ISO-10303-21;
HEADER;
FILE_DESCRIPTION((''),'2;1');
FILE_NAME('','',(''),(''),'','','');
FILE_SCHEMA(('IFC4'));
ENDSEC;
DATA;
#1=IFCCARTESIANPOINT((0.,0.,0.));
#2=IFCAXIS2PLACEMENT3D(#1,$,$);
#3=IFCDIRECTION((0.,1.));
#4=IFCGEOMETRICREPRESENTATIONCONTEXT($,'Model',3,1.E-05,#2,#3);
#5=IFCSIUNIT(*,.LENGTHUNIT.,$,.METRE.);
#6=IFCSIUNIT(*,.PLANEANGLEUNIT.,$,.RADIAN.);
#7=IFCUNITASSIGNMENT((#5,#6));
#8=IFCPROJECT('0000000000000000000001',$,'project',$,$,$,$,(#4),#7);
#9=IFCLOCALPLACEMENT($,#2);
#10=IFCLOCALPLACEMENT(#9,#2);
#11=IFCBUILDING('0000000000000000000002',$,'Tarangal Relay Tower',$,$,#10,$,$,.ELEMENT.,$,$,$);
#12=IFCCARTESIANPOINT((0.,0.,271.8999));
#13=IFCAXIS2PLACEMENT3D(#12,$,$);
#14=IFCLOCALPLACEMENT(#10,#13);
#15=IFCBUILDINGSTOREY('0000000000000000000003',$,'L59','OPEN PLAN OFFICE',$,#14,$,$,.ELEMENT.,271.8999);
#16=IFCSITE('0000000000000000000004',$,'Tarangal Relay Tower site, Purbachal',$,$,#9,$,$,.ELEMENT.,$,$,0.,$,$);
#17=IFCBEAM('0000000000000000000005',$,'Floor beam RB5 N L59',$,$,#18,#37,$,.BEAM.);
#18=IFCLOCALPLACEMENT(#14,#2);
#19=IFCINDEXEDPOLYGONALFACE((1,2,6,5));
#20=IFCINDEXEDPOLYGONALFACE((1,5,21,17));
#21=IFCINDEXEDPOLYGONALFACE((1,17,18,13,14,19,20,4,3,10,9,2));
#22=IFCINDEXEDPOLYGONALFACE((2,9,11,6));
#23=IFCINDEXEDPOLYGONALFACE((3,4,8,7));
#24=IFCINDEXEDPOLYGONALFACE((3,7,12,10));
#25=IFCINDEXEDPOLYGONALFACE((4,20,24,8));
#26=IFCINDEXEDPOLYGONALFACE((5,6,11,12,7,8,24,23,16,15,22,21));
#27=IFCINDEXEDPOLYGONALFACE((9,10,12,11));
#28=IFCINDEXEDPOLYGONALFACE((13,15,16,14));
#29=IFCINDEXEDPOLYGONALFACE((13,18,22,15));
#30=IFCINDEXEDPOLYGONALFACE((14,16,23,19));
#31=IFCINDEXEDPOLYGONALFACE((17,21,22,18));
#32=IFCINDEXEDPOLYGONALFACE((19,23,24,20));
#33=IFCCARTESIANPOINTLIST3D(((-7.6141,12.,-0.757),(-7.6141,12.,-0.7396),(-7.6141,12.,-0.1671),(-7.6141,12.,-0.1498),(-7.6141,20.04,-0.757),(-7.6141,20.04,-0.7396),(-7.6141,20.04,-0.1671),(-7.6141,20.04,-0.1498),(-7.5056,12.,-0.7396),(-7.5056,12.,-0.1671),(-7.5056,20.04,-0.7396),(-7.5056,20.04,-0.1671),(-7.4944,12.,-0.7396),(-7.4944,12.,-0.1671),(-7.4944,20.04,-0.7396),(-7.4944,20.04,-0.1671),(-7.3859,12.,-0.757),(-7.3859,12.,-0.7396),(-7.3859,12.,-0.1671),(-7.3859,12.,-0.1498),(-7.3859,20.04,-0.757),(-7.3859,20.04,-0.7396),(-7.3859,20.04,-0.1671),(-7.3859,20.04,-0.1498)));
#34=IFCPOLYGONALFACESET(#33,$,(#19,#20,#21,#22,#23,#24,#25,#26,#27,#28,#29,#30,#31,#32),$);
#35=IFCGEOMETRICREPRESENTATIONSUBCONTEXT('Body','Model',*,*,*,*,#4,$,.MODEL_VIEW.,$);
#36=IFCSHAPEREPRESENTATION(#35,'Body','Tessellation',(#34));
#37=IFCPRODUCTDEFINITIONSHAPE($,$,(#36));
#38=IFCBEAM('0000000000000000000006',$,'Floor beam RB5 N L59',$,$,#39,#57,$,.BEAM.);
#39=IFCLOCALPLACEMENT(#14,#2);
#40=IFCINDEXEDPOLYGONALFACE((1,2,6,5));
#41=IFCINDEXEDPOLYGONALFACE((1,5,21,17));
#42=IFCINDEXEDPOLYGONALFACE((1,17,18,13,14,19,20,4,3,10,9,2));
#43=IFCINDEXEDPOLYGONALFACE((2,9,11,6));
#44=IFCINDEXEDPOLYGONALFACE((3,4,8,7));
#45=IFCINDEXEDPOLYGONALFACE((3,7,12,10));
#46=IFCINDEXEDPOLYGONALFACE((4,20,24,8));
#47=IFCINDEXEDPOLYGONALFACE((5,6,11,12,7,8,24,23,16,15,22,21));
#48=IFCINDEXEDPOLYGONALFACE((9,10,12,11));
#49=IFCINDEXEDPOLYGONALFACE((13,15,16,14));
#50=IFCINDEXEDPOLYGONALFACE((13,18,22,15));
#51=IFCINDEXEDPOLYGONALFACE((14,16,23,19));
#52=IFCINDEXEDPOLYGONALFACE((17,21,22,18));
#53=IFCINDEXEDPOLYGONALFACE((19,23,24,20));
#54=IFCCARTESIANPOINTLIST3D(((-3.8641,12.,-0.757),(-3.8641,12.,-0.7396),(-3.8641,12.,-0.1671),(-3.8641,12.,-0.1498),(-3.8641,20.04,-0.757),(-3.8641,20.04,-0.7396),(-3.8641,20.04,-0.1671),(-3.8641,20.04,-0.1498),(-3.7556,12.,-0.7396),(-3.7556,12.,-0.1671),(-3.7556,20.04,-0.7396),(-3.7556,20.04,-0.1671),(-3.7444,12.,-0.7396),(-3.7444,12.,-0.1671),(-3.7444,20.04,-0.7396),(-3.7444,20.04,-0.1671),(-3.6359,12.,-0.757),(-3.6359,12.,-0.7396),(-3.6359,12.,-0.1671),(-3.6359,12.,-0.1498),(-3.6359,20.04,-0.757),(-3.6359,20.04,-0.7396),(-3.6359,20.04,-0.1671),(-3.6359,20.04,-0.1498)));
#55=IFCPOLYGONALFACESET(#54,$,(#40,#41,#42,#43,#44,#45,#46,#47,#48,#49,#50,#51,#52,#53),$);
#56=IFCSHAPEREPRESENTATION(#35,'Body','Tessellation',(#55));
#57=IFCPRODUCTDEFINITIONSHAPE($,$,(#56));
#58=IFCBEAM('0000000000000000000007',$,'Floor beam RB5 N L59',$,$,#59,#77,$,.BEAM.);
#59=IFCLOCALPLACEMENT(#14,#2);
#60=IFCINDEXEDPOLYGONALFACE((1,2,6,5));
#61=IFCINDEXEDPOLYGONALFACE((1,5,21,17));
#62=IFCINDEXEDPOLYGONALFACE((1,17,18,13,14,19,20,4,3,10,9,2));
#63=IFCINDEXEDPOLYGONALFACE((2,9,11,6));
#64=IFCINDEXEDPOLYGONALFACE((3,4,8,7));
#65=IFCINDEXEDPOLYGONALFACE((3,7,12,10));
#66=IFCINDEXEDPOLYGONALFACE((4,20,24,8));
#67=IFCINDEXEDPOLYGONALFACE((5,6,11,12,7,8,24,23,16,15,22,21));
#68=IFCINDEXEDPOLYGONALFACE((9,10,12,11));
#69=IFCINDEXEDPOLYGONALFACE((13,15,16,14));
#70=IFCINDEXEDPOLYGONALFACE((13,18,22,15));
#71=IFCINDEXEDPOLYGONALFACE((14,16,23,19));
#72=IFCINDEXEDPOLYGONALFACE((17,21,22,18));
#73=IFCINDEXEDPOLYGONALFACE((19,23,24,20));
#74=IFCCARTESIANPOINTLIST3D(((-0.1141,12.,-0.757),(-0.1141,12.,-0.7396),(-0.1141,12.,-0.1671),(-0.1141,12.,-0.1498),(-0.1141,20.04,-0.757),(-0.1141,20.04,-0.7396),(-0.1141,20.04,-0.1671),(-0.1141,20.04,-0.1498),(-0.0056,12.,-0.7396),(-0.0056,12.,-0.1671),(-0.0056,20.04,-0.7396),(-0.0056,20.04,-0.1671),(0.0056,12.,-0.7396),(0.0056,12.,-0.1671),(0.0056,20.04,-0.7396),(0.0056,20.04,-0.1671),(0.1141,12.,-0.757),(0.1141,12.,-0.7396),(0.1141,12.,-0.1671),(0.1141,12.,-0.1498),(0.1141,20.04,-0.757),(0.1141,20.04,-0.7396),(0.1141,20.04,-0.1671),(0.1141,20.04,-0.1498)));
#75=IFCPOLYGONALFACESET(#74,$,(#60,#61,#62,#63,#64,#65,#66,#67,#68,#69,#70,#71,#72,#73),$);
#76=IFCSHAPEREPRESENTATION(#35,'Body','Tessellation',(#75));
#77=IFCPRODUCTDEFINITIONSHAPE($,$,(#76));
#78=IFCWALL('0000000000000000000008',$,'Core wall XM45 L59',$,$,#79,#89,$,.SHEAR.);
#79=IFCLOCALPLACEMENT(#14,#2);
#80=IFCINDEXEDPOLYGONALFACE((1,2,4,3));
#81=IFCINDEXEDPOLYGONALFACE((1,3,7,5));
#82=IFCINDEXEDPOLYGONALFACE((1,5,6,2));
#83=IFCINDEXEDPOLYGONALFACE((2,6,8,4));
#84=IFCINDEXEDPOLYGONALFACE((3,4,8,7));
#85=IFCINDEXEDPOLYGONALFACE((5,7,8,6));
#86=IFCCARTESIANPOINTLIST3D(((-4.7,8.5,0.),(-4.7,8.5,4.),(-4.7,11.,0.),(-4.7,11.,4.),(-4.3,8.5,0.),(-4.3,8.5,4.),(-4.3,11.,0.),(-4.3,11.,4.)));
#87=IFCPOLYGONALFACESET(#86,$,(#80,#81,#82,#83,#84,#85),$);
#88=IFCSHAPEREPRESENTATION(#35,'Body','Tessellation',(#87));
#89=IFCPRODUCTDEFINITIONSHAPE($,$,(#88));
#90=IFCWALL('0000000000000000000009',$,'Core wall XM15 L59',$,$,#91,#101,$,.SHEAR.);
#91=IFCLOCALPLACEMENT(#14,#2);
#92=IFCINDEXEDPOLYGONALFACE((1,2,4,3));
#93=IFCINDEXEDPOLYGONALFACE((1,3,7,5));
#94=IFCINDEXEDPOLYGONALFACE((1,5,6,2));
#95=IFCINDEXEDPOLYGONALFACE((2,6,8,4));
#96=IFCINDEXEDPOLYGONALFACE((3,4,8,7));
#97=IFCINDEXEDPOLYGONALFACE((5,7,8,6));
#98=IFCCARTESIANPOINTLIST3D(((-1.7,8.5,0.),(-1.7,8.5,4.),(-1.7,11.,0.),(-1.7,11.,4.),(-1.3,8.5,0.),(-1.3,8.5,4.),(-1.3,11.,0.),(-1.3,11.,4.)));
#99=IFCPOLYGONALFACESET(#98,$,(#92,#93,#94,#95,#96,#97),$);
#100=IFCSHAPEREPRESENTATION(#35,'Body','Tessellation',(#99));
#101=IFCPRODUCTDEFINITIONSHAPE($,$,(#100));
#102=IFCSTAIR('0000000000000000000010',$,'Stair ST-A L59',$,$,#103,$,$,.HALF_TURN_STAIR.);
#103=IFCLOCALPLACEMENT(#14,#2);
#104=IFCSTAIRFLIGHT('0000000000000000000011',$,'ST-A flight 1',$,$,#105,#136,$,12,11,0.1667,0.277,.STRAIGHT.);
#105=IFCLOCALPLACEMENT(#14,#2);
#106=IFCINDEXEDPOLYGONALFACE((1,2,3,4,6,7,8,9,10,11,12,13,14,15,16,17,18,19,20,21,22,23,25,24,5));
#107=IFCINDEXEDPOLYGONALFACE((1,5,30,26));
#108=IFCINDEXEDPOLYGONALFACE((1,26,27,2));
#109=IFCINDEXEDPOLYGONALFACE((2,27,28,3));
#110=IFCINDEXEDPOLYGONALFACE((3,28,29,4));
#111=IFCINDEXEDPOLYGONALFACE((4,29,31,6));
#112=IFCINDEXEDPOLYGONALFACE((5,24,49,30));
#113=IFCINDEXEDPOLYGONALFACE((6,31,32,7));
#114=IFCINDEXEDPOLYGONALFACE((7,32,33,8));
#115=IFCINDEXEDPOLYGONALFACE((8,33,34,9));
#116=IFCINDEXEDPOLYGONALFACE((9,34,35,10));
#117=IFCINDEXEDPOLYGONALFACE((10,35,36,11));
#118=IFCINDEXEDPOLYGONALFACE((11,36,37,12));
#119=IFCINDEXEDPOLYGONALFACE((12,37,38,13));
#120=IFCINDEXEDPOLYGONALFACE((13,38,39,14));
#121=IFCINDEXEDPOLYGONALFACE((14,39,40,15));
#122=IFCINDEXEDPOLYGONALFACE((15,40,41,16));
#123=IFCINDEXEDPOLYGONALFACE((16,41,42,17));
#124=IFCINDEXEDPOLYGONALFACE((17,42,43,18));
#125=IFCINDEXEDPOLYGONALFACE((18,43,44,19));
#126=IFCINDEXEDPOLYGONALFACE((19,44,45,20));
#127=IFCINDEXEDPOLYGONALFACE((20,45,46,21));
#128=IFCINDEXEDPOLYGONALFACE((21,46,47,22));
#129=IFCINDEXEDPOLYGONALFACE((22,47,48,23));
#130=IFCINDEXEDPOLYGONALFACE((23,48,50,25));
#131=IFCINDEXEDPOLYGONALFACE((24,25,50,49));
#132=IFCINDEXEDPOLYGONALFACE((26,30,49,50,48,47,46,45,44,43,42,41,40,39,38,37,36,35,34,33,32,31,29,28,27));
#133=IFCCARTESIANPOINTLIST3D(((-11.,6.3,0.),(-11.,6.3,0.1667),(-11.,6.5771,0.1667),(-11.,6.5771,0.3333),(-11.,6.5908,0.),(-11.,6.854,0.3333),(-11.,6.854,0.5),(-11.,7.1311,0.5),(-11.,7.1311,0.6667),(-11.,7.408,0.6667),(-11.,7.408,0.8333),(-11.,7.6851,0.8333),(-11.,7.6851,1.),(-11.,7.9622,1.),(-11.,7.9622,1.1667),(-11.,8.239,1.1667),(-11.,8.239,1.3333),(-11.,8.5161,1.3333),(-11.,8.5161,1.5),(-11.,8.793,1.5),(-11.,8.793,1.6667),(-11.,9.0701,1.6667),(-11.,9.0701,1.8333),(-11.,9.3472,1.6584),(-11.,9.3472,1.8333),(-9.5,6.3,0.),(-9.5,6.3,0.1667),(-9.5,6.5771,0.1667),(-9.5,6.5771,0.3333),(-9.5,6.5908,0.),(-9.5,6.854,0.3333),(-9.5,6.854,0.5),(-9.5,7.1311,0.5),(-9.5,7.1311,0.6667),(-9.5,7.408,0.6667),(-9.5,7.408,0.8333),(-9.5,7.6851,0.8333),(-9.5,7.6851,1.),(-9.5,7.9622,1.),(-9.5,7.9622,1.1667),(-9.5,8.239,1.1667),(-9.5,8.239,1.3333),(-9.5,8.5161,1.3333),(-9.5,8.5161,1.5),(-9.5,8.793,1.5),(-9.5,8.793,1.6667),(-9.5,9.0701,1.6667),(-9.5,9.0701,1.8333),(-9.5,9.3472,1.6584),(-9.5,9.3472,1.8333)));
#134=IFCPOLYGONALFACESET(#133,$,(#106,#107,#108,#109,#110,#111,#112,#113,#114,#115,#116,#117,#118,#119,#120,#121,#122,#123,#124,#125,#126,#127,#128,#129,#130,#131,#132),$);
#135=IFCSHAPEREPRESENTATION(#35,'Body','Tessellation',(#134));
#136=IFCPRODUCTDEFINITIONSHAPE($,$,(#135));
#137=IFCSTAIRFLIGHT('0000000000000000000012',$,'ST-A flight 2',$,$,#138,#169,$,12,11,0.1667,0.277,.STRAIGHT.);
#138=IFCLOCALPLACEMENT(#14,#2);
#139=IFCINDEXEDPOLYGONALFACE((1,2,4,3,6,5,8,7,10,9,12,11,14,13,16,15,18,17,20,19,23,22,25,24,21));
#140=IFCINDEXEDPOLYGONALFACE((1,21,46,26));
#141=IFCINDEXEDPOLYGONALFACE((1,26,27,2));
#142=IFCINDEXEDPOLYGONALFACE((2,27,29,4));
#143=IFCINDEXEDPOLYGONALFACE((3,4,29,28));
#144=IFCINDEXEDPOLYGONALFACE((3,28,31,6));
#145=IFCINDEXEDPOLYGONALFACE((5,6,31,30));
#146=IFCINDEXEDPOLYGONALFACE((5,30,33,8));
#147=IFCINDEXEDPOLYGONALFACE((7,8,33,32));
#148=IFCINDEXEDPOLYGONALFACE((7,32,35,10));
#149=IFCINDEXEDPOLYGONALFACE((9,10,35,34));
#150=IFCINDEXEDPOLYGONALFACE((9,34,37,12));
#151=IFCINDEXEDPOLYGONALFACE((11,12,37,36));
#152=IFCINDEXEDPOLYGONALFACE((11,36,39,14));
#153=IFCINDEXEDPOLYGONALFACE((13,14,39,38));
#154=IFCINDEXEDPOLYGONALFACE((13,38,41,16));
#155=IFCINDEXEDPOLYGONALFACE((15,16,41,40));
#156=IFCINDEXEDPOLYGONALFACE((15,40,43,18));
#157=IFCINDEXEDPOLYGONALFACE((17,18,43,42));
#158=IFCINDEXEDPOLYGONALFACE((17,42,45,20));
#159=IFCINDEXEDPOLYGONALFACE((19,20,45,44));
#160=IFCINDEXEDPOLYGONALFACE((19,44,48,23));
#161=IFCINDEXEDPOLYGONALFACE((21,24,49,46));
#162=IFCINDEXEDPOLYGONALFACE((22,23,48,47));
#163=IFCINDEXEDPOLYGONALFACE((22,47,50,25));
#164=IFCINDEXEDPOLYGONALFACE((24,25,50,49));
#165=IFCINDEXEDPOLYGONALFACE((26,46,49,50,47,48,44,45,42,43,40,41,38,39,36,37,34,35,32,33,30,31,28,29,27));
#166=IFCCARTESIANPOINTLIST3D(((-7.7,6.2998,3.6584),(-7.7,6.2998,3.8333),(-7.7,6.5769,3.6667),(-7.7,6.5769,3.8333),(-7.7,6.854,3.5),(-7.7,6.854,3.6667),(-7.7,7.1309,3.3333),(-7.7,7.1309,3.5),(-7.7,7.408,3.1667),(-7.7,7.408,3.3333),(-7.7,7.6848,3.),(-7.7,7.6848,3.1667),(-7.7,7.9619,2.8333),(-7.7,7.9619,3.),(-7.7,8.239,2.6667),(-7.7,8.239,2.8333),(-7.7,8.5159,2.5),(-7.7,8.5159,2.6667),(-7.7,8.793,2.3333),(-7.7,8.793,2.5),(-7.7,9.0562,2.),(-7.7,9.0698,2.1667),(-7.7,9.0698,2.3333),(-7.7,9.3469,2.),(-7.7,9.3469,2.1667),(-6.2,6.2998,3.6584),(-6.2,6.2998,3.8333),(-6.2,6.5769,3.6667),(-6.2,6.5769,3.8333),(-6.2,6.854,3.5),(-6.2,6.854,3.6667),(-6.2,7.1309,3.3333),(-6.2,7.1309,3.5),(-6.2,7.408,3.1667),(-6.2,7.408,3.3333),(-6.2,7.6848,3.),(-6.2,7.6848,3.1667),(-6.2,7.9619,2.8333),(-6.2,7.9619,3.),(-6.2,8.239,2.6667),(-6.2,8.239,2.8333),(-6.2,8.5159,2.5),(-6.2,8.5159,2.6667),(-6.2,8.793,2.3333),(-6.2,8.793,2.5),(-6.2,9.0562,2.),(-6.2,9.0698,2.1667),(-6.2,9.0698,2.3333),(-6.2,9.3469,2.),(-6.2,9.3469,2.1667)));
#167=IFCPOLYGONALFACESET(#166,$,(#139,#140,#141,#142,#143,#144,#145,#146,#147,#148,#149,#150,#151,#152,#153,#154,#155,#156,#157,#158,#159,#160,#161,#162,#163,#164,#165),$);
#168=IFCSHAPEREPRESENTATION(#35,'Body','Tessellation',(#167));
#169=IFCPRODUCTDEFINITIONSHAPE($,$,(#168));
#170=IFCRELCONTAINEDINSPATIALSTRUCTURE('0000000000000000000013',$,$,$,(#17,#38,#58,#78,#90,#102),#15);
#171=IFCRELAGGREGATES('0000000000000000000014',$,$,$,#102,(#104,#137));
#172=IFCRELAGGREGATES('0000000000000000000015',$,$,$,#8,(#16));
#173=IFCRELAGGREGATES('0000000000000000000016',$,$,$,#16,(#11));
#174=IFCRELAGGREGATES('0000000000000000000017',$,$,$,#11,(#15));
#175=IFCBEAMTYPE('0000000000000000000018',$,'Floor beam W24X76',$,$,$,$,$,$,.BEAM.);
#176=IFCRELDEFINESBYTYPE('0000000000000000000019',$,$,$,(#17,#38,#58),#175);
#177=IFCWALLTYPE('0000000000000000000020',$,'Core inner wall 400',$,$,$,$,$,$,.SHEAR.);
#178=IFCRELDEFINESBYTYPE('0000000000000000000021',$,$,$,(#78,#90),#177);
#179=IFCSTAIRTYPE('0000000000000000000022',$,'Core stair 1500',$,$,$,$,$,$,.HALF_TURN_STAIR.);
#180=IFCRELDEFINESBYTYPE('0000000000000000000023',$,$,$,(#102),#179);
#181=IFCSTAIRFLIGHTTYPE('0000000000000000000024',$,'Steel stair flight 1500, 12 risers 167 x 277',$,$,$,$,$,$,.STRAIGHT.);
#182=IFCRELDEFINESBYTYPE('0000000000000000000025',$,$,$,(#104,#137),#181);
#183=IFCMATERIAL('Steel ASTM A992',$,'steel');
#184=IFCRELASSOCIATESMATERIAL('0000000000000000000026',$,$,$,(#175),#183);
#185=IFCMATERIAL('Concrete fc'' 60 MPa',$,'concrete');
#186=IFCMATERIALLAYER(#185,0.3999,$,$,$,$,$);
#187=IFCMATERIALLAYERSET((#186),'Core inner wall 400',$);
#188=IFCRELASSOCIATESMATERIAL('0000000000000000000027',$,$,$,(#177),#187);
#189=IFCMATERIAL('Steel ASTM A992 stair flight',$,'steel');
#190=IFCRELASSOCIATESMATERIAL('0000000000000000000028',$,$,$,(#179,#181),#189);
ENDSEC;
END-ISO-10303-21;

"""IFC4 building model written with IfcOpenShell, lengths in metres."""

from ifc_helpers import new_model, si_unit, direction, frame, frame_2d, origin, origin_2d, place, context, subcontext, project, spatial, polyline, rectangle, i_section, outline, extrude, material, layer, layer_set, material_profile, profile_set, type_object, element, aggregate, save


model = new_model("IFC4")

# Units and contexts
model_context = context("Model", 3, precision=1e-05, world=origin(), true_north=direction((0.0, 1.0)))
body_context = subcontext(model_context, "Body", "Model", "MODEL_VIEW")
ifc_project = project(units=[si_unit("LENGTHUNIT", "METRE"), si_unit("PLANEANGLEUNIT", "RADIAN")], contexts=[model_context])

# Site, building, storey
site_placement = place(None, origin())
site = spatial("IfcSite", under=ifc_project, at=site_placement, Name="Tarangal Relay Tower site, Purbachal", CompositionType="ELEMENT", RefElevation=0.0)
building_placement = place(site_placement, origin())
building = spatial("IfcBuilding", under=site, at=building_placement, Name="Tarangal Relay Tower", CompositionType="ELEMENT")
storey_placement = place(building_placement, frame((0.0, 0.0, 271.8999)))
storey = spatial("IfcBuildingStorey", under=building, at=storey_placement, Name="L59", Description="OPEN PLAN OFFICE", CompositionType="ELEMENT", Elevation=271.8999)

# Beams
ifc_material_1 = material(Name="Steel ASTM A992", Category="steel")
ifc_material_profile = material_profile(ifc_material_1, i_section(OverallWidth=0.2283, OverallDepth=0.6072, WebThickness=0.0112, FlangeThickness=0.0173, at=origin_2d()), Name="W24X76")
ifc_profile_set = profile_set([ifc_material_profile], Name="Steel ASTM A992")
beam_type = type_object("IfcBeamType", Name="Floor beam W24X76", PredefinedType="BEAM", material=ifc_profile_set)
for number, where, z_axis, x_axis, name in (
    (1, (-7.5, 12.0, -0.4534), (0.0, 1.0, 0.0), (-1.0, 0.0, 0.0), "Floor beam RB5 N L59"),
    (2, (-3.75, 12.0, -0.4534), (0.0, 1.0, 0.0), (-1.0, 0.0, 0.0), "Floor beam RB5 N L59"),
    (3, (0.0, 12.0, -0.4534), (0.0, 1.0, 0.0), (-1.0, 0.0, 0.0), "Floor beam RB5 N L59"),
):
    element("IfcBeam", number, at=place(storey_placement, frame(where, z_axis=z_axis, x_axis=x_axis)), inside=storey, type_object=beam_type, Name=name, PredefinedType="BEAM", context=body_context, shape_type="SweptSolid", body=[
        extrude(i_section(OverallWidth=0.2283, OverallDepth=0.6072, WebThickness=0.0112, FlangeThickness=0.0173, at=origin_2d()), origin(), (0.0, 0.0, 1.0), 8.04),
    ])

# Shared definitions
ifc_material_2 = material(Name="Concrete fc' 60 MPa", Category="concrete")
ifc_layer = layer(ifc_material_2, 0.3999)
ifc_layer_set = layer_set([ifc_layer], Name="Core inner wall 400")
wall_type = type_object("IfcWallType", Name="Core inner wall 400", PredefinedType="SHEAR", material=ifc_layer_set)

# Walls
for number, where, z_axis, x_axis, name in (
    (4, (-4.5, 8.5, 0.0), (0.0, 0.0, 1.0), (0.0, 1.0, 0.0), "Core wall XM45 L59"),
    (5, (-1.5, 8.5, 0.0), (0.0, 0.0, 1.0), (0.0, 1.0, 0.0), "Core wall XM15 L59"),
):
    element("IfcWall", number, at=place(storey_placement, frame(where, z_axis=z_axis, x_axis=x_axis)), inside=storey, type_object=wall_type, Name=name, PredefinedType="SHEAR", context=body_context, shape_type="SweptSolid", body=[
        extrude(rectangle(XDim=2.5, YDim=0.3999, at=frame_2d((1.25, 0.0))), origin(), (0.0, 0.0, 1.0), 4.0),
    ])

# Stair, stair flights
ifc_material_3 = material(Name="Steel ASTM A992 stair flight", Category="steel")
stair_type = type_object("IfcStairType", Name="Core stair 1500", PredefinedType="HALF_TURN_STAIR", material=ifc_material_3)
stair_placement = place(storey_placement, origin())
stair = element("IfcStair", 6, at=stair_placement, inside=storey, type_object=stair_type, Name="Stair ST-A L59", PredefinedType="HALF_TURN_STAIR")
stair_flight_type = type_object("IfcStairFlightType", Name="Steel stair flight 1500, 12 risers 167 x 277", PredefinedType="STRAIGHT", material=ifc_material_3)
stair_flight_1_placement = place(storey_placement, frame((-10.25, 6.3, 0.0), z_axis=(0.0, 0.0, 1.0), x_axis=(0.0, 1.0, 0.0)))
stair_flight_1 = element("IfcStairFlight", 7, at=stair_flight_1_placement, type_object=stair_flight_type, Name="ST-A flight 1", NumberOfRisers=12, NumberOfTreads=11, PredefinedType="STRAIGHT", RiserHeight=0.1667, TreadLength=0.277, context=body_context, shape_type="SweptSolid", body=[
    extrude(outline(polyline([(0.0, 0.0), (0.0, 0.1667), (0.2771, 0.1667), (0.2771, 0.3333), (0.554, 0.3333), (0.554, 0.5), (0.8311, 0.5), (0.8311, 0.6667), (1.1079, 0.6667), (1.1079, 0.8333), (1.385, 0.8333), (1.385, 1.0), (1.6621, 1.0), (1.6621, 1.1667), (1.939, 1.1667), (1.939, 1.3333), (2.2161, 1.3333), (2.2161, 1.5), (2.4929, 1.5), (2.4929, 1.6667), (2.77, 1.6667), (2.77, 1.8333), (3.0471, 1.8333), (3.0471, 2.0), (3.0471, 1.6584), (0.2908, 0.0), (0.0, 0.0)])), frame((0.0, 0.75, 0.0), z_axis=(0.0, -1.0, 0.0), x_axis=(1.0, 0.0, 0.0)), (0.0, 0.0, 1.0), 1.5),
])
stair_flight_2_placement = place(storey_placement, frame((-6.95, 9.3469, 2.0), z_axis=(0.0, 0.0, 1.0), x_axis=(0.0, -1.0, 0.0)))
stair_flight_2 = element("IfcStairFlight", 8, at=stair_flight_2_placement, type_object=stair_flight_type, Name="ST-A flight 2", NumberOfRisers=12, NumberOfTreads=11, PredefinedType="STRAIGHT", RiserHeight=0.1667, TreadLength=0.277, context=body_context, shape_type="SweptSolid", body=[
    extrude(outline(polyline([(0.0, 0.0), (0.0, 0.1667), (0.2771, 0.1667), (0.2771, 0.3333), (0.554, 0.3333), (0.554, 0.5), (0.8311, 0.5), (0.8311, 0.6667), (1.1079, 0.6667), (1.1079, 0.8333), (1.385, 0.8333), (1.385, 1.0), (1.6621, 1.0), (1.6621, 1.1667), (1.939, 1.1667), (1.939, 1.3333), (2.2161, 1.3333), (2.2161, 1.5), (2.4929, 1.5), (2.4929, 1.6667), (2.77, 1.6667), (2.77, 1.8333), (3.0471, 1.8333), (3.0471, 2.0), (3.0471, 1.6584), (0.2908, 0.0), (0.0, 0.0)])), frame((0.0, 0.75, 0.0), z_axis=(0.0, -1.0, 0.0), x_axis=(1.0, 0.0, 0.0)), (0.0, 0.0, 1.0), 1.5),
])
aggregate(stair, [stair_flight_1, stair_flight_2])

save(model, "model.ifc")
